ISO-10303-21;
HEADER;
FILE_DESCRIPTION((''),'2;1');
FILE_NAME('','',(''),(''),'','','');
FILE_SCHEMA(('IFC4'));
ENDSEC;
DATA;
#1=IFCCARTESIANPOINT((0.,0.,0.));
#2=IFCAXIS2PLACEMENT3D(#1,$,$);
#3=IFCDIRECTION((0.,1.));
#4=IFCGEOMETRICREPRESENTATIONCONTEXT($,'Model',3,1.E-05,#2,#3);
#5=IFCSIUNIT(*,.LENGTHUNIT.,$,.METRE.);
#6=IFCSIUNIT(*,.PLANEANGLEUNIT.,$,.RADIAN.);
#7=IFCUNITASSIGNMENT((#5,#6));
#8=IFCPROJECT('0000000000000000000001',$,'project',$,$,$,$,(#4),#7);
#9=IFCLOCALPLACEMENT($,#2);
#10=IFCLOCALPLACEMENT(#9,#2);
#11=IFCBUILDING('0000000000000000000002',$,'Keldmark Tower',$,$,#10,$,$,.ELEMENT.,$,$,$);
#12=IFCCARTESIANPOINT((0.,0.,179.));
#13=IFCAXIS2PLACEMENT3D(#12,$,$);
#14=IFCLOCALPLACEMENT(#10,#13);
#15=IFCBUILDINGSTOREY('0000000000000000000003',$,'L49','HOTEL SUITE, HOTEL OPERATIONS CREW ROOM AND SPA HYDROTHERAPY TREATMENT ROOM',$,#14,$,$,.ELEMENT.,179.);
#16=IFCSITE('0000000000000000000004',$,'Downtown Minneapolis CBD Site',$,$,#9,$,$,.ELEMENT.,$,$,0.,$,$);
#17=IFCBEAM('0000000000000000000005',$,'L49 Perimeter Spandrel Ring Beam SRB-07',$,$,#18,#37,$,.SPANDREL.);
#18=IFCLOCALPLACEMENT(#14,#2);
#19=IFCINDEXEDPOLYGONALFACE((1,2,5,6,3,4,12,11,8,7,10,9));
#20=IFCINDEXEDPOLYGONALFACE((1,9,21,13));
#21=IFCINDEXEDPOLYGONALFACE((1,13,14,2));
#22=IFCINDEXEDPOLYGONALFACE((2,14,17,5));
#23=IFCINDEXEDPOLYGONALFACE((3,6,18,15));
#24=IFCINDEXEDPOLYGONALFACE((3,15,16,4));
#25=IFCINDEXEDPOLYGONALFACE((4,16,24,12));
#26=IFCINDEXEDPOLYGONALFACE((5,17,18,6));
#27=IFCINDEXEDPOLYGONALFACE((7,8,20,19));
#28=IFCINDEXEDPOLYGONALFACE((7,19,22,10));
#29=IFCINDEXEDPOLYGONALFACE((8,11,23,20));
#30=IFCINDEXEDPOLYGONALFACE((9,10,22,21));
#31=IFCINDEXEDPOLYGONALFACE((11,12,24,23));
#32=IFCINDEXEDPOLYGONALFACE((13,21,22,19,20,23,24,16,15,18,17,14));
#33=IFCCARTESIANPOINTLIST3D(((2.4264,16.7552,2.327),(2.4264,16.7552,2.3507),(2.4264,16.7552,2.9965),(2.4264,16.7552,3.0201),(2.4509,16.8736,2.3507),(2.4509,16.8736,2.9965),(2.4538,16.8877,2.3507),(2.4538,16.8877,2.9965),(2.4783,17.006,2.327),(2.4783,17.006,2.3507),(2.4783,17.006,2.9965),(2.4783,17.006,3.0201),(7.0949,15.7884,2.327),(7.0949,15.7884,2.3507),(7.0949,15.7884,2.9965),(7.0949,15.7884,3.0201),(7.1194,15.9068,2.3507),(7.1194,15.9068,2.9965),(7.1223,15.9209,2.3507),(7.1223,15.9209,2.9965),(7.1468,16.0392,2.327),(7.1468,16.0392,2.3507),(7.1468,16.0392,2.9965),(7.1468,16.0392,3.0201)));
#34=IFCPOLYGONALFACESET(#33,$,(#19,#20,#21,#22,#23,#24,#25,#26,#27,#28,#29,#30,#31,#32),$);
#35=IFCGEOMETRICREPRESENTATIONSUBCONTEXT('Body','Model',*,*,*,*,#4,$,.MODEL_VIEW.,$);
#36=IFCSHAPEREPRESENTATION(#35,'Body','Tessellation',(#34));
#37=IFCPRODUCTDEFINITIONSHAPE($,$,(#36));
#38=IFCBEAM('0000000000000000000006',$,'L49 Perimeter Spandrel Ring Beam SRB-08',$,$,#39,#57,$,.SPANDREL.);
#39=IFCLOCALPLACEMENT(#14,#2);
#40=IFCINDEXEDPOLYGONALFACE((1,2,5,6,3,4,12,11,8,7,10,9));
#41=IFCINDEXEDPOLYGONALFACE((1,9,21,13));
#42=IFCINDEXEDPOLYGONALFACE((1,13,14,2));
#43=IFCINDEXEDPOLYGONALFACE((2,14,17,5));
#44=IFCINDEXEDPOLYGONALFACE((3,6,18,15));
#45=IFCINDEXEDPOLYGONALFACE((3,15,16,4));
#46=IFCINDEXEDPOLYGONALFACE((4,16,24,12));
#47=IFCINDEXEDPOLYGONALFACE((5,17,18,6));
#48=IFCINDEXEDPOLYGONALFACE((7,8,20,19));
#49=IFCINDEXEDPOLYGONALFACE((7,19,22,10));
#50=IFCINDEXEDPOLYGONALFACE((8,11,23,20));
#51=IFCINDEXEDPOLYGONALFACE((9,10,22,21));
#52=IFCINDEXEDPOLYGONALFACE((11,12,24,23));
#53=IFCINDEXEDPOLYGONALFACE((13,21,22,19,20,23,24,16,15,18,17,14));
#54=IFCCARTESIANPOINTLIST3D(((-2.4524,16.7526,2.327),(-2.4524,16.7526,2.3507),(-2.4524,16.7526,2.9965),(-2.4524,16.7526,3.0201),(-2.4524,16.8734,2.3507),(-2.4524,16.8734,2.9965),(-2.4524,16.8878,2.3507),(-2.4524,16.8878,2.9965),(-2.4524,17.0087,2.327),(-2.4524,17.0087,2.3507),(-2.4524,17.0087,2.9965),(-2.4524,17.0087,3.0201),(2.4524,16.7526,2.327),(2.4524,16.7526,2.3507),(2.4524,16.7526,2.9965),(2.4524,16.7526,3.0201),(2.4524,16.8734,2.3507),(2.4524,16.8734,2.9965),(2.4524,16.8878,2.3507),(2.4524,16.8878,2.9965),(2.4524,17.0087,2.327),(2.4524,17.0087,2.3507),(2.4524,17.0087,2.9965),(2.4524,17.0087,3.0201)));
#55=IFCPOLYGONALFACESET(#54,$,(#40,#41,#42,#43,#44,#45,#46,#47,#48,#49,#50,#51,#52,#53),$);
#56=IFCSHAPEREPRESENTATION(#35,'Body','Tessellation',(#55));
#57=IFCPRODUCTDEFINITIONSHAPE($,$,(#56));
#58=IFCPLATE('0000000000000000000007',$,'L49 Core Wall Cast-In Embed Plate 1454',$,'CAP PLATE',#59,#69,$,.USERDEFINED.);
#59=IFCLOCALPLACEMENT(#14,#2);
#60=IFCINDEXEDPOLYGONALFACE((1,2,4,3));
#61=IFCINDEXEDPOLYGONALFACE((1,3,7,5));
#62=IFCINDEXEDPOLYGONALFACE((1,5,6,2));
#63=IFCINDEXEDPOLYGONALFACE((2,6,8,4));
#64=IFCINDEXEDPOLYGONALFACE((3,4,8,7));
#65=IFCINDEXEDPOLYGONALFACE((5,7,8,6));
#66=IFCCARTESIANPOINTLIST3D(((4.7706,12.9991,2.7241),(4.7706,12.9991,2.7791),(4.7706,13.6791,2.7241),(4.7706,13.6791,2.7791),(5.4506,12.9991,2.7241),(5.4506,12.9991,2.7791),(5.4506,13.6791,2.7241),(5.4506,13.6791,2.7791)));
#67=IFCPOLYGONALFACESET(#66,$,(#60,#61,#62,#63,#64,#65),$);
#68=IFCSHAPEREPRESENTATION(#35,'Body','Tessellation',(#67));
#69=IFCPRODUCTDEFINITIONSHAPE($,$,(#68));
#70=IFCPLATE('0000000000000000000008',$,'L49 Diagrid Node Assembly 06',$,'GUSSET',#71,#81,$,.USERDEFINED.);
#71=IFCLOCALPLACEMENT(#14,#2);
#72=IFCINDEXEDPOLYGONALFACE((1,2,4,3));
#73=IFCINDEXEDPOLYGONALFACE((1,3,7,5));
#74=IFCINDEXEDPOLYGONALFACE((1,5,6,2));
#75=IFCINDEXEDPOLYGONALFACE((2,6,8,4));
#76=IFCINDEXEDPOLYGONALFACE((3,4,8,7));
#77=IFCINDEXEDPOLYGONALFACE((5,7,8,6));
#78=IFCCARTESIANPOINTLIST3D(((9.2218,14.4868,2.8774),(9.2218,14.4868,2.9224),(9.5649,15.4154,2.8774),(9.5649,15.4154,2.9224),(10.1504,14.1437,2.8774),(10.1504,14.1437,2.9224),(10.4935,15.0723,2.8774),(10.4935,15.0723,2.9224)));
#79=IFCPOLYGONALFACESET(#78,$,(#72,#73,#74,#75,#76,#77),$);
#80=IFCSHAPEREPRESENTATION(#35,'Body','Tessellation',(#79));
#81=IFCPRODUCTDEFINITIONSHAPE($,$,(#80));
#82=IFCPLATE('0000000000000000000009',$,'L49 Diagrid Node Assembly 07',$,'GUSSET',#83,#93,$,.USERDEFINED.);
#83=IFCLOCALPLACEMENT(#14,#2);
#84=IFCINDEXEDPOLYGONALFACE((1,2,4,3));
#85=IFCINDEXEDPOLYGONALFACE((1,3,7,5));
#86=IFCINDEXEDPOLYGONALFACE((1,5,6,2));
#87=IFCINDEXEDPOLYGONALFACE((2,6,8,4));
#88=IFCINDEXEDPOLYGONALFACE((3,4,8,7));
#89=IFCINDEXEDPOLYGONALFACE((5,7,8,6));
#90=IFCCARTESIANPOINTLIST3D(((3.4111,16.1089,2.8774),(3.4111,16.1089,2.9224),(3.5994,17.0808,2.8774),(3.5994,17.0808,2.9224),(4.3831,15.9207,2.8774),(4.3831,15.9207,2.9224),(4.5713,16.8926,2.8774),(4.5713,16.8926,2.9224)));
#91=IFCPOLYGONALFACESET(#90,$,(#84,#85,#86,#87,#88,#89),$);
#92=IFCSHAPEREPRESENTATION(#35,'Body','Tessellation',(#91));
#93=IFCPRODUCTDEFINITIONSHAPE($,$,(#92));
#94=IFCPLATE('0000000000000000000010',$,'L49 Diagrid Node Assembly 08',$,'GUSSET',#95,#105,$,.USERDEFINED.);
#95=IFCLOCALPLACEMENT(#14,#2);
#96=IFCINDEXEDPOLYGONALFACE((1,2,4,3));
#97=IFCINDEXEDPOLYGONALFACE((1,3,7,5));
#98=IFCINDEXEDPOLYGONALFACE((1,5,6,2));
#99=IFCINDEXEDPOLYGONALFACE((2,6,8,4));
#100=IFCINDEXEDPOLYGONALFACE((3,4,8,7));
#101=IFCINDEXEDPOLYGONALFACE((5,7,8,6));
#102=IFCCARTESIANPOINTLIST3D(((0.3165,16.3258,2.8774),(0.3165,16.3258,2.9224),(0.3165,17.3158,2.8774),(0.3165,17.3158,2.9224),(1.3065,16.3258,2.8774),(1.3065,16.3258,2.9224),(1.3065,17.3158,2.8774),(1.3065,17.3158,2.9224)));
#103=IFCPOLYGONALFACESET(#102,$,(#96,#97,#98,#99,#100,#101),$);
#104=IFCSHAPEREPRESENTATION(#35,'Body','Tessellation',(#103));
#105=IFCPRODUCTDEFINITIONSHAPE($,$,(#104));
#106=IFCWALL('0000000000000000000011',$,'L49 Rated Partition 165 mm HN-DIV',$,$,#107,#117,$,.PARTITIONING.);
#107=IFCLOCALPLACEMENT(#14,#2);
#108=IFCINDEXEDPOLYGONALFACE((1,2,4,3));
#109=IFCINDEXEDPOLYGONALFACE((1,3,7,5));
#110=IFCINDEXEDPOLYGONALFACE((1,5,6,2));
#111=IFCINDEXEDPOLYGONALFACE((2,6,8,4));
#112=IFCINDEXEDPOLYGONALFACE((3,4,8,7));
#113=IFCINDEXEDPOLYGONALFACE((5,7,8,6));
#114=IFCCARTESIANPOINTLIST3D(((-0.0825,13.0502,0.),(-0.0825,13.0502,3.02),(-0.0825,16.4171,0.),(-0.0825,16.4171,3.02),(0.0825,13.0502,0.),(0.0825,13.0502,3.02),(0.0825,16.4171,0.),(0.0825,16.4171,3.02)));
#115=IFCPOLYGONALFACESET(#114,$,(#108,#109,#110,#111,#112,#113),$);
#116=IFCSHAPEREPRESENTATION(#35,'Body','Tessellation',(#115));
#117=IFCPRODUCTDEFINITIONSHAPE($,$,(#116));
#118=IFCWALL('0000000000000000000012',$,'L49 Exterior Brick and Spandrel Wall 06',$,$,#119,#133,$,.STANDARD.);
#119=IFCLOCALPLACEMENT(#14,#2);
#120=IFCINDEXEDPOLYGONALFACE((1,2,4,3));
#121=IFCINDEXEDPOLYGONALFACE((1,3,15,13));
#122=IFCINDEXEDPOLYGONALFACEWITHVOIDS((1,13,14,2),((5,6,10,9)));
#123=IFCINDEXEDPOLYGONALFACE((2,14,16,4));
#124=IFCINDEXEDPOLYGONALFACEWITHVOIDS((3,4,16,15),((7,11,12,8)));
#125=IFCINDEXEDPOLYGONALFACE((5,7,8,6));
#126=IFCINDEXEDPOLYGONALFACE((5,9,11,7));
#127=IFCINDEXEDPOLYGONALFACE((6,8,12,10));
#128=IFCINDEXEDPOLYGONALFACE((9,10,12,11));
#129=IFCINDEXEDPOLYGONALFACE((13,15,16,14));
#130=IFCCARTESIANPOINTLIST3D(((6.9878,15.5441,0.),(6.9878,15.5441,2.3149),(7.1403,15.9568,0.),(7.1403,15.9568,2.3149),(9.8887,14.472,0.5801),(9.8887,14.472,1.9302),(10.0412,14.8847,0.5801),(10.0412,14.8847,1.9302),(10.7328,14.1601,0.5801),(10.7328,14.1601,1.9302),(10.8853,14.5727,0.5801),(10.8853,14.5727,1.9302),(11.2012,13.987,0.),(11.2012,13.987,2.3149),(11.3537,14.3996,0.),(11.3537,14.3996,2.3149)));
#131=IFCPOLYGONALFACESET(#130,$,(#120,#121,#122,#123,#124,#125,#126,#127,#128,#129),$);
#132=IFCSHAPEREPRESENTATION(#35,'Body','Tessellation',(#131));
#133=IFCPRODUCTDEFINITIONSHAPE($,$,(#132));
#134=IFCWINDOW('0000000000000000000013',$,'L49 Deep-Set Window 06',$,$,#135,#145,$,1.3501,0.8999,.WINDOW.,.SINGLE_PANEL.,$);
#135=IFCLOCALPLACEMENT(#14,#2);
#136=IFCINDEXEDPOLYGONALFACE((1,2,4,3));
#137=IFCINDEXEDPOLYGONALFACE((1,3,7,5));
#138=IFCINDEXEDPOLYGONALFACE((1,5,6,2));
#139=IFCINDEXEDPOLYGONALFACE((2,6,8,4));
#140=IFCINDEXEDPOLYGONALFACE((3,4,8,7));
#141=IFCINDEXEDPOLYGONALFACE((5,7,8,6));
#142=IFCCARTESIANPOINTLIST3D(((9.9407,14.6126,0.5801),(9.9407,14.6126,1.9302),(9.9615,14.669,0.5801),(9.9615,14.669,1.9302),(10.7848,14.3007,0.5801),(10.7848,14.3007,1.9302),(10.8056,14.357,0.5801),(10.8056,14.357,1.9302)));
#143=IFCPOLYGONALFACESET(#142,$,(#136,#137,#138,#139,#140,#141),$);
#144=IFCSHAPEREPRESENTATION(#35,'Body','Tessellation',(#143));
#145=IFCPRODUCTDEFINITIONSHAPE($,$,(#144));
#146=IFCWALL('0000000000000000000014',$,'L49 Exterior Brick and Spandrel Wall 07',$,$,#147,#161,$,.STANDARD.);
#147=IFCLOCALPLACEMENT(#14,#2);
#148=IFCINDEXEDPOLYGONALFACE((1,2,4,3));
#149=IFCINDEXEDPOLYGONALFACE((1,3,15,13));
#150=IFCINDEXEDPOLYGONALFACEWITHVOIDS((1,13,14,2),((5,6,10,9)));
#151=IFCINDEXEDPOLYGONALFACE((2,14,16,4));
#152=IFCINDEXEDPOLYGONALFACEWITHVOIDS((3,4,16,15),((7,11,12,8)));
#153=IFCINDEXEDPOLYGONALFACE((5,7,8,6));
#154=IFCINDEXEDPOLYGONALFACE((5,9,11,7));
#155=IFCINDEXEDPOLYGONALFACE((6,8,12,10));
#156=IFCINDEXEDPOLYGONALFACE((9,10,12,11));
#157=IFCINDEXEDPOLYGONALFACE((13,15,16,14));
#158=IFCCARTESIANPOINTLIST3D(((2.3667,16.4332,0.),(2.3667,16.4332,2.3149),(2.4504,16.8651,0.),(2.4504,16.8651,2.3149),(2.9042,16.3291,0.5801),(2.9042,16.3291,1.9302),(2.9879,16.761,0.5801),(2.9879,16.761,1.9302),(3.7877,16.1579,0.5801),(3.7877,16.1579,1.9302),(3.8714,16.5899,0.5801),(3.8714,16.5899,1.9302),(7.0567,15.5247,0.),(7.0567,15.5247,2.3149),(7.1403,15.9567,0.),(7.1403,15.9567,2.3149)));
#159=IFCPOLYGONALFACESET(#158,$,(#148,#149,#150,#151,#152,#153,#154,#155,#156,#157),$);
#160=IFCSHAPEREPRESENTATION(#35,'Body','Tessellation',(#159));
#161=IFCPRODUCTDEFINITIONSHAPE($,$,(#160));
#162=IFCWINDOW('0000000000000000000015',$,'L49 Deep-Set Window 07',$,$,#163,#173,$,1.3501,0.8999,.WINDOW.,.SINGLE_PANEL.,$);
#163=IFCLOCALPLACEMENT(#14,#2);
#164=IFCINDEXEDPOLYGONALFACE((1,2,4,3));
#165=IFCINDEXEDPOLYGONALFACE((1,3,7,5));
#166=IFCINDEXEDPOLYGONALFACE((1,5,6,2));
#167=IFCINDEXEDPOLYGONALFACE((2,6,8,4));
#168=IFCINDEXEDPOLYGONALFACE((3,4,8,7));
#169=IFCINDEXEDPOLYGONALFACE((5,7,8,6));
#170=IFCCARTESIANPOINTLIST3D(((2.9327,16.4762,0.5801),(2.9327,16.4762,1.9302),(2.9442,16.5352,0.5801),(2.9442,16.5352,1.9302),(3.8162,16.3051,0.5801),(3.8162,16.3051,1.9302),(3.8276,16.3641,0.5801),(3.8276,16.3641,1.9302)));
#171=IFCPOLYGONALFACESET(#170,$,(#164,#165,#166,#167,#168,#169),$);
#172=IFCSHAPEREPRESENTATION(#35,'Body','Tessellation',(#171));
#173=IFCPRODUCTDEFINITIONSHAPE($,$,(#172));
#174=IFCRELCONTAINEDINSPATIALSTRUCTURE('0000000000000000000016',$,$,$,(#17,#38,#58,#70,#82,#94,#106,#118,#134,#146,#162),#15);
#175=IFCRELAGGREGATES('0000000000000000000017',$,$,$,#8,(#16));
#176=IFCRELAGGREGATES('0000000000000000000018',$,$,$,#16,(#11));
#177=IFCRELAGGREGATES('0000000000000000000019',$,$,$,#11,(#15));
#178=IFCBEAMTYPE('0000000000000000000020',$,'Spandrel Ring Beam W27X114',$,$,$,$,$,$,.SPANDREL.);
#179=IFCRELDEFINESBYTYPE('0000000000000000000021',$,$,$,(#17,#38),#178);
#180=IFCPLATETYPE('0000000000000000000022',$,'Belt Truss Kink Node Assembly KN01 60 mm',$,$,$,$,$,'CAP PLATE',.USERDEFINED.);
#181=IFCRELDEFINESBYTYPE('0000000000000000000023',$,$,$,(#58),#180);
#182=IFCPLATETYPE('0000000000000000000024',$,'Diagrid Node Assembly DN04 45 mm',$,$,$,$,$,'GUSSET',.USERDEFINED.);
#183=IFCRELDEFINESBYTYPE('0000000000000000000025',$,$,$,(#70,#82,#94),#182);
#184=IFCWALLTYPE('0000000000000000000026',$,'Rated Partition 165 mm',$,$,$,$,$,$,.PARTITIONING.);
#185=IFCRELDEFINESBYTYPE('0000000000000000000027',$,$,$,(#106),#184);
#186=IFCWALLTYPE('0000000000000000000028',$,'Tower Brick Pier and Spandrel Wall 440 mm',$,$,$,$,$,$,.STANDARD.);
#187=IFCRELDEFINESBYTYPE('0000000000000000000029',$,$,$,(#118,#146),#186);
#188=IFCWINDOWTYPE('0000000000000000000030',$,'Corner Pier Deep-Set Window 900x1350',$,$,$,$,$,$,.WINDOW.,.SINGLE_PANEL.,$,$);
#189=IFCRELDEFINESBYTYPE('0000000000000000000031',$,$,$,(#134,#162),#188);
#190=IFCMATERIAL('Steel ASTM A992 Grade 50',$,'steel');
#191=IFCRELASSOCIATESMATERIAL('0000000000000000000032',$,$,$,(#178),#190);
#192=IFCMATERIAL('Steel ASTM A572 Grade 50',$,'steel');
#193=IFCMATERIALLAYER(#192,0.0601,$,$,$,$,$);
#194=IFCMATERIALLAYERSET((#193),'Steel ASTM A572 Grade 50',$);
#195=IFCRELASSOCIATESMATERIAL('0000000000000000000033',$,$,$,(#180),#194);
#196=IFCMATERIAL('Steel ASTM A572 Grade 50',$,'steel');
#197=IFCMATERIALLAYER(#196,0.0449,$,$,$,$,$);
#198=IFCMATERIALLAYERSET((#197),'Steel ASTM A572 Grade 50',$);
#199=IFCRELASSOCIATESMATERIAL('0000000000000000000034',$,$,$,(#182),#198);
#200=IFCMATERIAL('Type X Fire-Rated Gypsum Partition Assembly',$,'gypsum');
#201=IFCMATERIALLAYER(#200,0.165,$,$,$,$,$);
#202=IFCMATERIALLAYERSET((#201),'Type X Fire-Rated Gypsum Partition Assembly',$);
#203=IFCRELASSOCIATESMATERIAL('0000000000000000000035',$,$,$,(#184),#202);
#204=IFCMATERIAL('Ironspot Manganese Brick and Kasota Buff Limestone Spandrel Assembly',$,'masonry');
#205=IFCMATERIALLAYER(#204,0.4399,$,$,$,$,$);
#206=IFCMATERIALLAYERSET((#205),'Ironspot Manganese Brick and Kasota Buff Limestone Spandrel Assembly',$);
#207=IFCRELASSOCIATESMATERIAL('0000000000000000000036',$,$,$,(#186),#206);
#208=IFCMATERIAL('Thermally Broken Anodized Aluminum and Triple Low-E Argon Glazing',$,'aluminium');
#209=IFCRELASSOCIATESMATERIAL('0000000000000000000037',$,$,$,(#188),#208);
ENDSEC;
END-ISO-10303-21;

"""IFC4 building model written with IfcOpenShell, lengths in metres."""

from ifc_helpers import new_model, si_unit, direction, frame, frame_2d, origin, origin_2d, place, context, subcontext, project, spatial, rectangle, i_section, extrude, material, layer, layer_set, material_profile, profile_set, type_object, element, fill, save


model = new_model("IFC4")

# Units and contexts
model_context = context("Model", 3, precision=1e-05, world=origin(), true_north=direction((0.0, 1.0)))
body_context = subcontext(model_context, "Body", "Model", "MODEL_VIEW")
ifc_project = project(units=[si_unit("LENGTHUNIT", "METRE"), si_unit("PLANEANGLEUNIT", "RADIAN")], contexts=[model_context])

# Site, building, storey
site_placement = place(None, origin())
site = spatial("IfcSite", under=ifc_project, at=site_placement, Name="Downtown Minneapolis CBD Site", CompositionType="ELEMENT", RefElevation=0.0)
building_placement = place(site_placement, origin())
building = spatial("IfcBuilding", under=site, at=building_placement, Name="Keldmark Tower", CompositionType="ELEMENT")
storey_placement = place(building_placement, frame((0.0, 0.0, 179.0)))
storey = spatial("IfcBuildingStorey", under=building, at=storey_placement, Name="L49", Description="HOTEL SUITE, HOTEL OPERATIONS CREW ROOM AND SPA HYDROTHERAPY TREATMENT ROOM", CompositionType="ELEMENT", Elevation=179.0)

# Beams
ifc_material_1 = material(Name="Steel ASTM A992 Grade 50", Category="steel")
ifc_material_profile_1 = material_profile(ifc_material_1, i_section(OverallWidth=0.2561, OverallDepth=0.6931, WebThickness=0.0144, FlangeThickness=0.0237, at=origin_2d()), Name="W27X114")
ifc_profile_set_1 = profile_set([ifc_material_profile_1], Name="Steel ASTM A992 Grade 50")
beam_type_1 = type_object("IfcBeamType", Name="Spandrel Ring Beam W27X114", PredefinedType="SPANDREL", material=ifc_profile_set_1)
beam_1_placement = place(storey_placement, frame((7.1208, 15.9138, 2.6736), z_axis=(-0.979223, 0.202788, 0.0), x_axis=(-0.202788, -0.979223, 0.0)))
element("IfcBeam", 1, at=beam_1_placement, inside=storey, type_object=beam_type_1, Name="L49 Perimeter Spandrel Ring Beam SRB-07", PredefinedType="SPANDREL", context=body_context, shape_type="SweptSolid", body=[
    extrude(i_section(OverallWidth=0.2561, OverallDepth=0.6931, WebThickness=0.0144, FlangeThickness=0.0237, at=origin_2d()), origin(), (0.0, 0.0, 1.0), 4.7676),
])
beam_2_placement = place(storey_placement, frame((2.4524, 16.8806, 2.6736), z_axis=(-1.0, 0.0, 0.0), x_axis=(0.0, -1.0, 0.0)))
element("IfcBeam", 2, at=beam_2_placement, inside=storey, type_object=beam_type_1, Name="L49 Perimeter Spandrel Ring Beam SRB-08", PredefinedType="SPANDREL", context=body_context, shape_type="SweptSolid", body=[
    extrude(i_section(OverallWidth=0.2561, OverallDepth=0.6931, WebThickness=0.0144, FlangeThickness=0.0237, at=origin_2d()), origin(), (0.0, 0.0, 1.0), 4.9048),
])

# Plates
ifc_material_2 = material(Name="Steel ASTM A572 Grade 50", Category="steel")
ifc_layer_1 = layer(ifc_material_2, 0.0601)
ifc_layer_set_1 = layer_set([ifc_layer_1], Name="Steel ASTM A572 Grade 50")
plate_type_1 = type_object("IfcPlateType", Name="Belt Truss Kink Node Assembly KN01 60 mm", ElementType="CAP PLATE", PredefinedType="USERDEFINED", material=ifc_layer_set_1)
plate_placement = place(storey_placement, frame((5.1106, 13.3391, 2.7241), z_axis=(0.0, 0.0, 1.0), x_axis=(1.0, 0.0, 0.0)))
element("IfcPlate", 3, at=plate_placement, inside=storey, type_object=plate_type_1, Name="L49 Core Wall Cast-In Embed Plate 1454", ObjectType="CAP PLATE", PredefinedType="USERDEFINED", context=body_context, shape_type="SweptSolid", body=[
    extrude(rectangle(XDim=0.6799, YDim=0.6799, at=origin_2d()), origin(), (0.0, 0.0, 1.0), 0.0549),
])
ifc_material_3 = material(Name="Steel ASTM A572 Grade 50", Category="steel")
ifc_layer_2 = layer(ifc_material_3, 0.0449)
ifc_layer_set_2 = layer_set([ifc_layer_2], Name="Steel ASTM A572 Grade 50")
plate_type_2 = type_object("IfcPlateType", Name="Diagrid Node Assembly DN04 45 mm", ElementType="GUSSET", PredefinedType="USERDEFINED", material=ifc_layer_set_2)
for number, where, z_axis, x_axis, name in (
    (4, (9.8577, 14.7795, 2.8774), (0.0, 0.0, 1.0), (-0.93801, 0.346608, 0.0), "L49 Diagrid Node Assembly 06"),
    (5, (3.9912, 16.5007, 2.8774), (0.0, 0.0, 1.0), (-0.98176, 0.190124, 0.0), "L49 Diagrid Node Assembly 07"),
    (6, (0.8115, 16.8208, 2.8774), (0.0, 0.0, 1.0), (-1.0, 0.0, 0.0), "L49 Diagrid Node Assembly 08"),
):
    element("IfcPlate", number, at=place(storey_placement, frame(where, z_axis=z_axis, x_axis=x_axis)), inside=storey, type_object=plate_type_2, Name=name, ObjectType="GUSSET", PredefinedType="USERDEFINED", context=body_context, shape_type="SweptSolid", body=[
        extrude(rectangle(XDim=0.99, YDim=0.99, at=origin_2d()), origin(), (0.0, 0.0, 1.0), 0.0449),
    ])

# Wall
ifc_material_4 = material(Name="Type X Fire-Rated Gypsum Partition Assembly", Category="gypsum")
ifc_layer_3 = layer(ifc_material_4, 0.165)
ifc_layer_set_3 = layer_set([ifc_layer_3], Name="Type X Fire-Rated Gypsum Partition Assembly")
wall_type_1 = type_object("IfcWallType", Name="Rated Partition 165 mm", PredefinedType="PARTITIONING", material=ifc_layer_set_3)
wall_1_placement = place(storey_placement, frame((0.0, 13.05, 0.0), z_axis=(0.0, 0.0, 1.0), x_axis=(0.0, 1.0, 0.0)))
element("IfcWall", 7, at=wall_1_placement, inside=storey, type_object=wall_type_1, Name="L49 Rated Partition 165 mm HN-DIV", PredefinedType="PARTITIONING", context=body_context, shape_type="SweptSolid", body=[
    extrude(rectangle(XDim=3.3669, YDim=0.165, at=frame_2d((1.6836, 0.0))), origin(), (0.0, 0.0, 1.0), 3.02),
])

# Walls, openings, windows
ifc_material_5 = material(Name="Ironspot Manganese Brick and Kasota Buff Limestone Spandrel Assembly", Category="masonry")
ifc_layer_4 = layer(ifc_material_5, 0.4399)
ifc_layer_set_4 = layer_set([ifc_layer_4], Name="Ironspot Manganese Brick and Kasota Buff Limestone Spandrel Assembly")
wall_type_2 = type_object("IfcWallType", Name="Tower Brick Pier and Spandrel Wall 440 mm", PredefinedType="STANDARD", material=ifc_layer_set_4)
wall_2_placement = place(storey_placement, frame((7.064, 15.7505, 0.0), z_axis=(0.0, 0.0, 1.0), x_axis=(0.937994, -0.346652, 0.0)))
wall_2 = element("IfcWall", 8, at=wall_2_placement, inside=storey, type_object=wall_type_2, Name="L49 Exterior Brick and Spandrel Wall 06", PredefinedType="STANDARD", context=body_context, shape_type="SweptSolid", body=[
    extrude(rectangle(XDim=4.4919, YDim=0.4399, at=frame_2d((2.2461, 0.0))), origin(), (0.0, 0.0, 1.0), 2.3149),
])
opening_1_placement = place(wall_2_placement, frame((3.0928, 0.0, 0.5801)))
opening_1 = element("IfcOpeningElement", 9, at=opening_1_placement, cuts=wall_2, PredefinedType="OPENING", context=body_context, shape_type="SweptSolid", body=[
    extrude(rectangle(XDim=0.8999, YDim=1.3501, at=frame_2d((0.45, 0.675))), frame((0.0, 0.23, 0.0), z_axis=(0.0, -1.0, 0.0), x_axis=(1.0, 0.0, 0.0)), (0.0, 0.0, 1.0), 0.46),
])
ifc_material_6 = material(Name="Thermally Broken Anodized Aluminum and Triple Low-E Argon Glazing", Category="aluminium")
window_type = type_object("IfcWindowType", Name="Corner Pier Deep-Set Window 900x1350", PartitioningType="SINGLE_PANEL", PredefinedType="WINDOW", material=ifc_material_6)
window_1_placement = place(opening_1_placement, origin())
window_1 = element("IfcWindow", 10, at=window_1_placement, inside=storey, type_object=window_type, Name="L49 Deep-Set Window 06", OverallHeight=1.3501, OverallWidth=0.8999, PartitioningType="SINGLE_PANEL", PredefinedType="WINDOW", context=body_context, shape_type="SweptSolid", body=[
    extrude(rectangle(XDim=0.8999, YDim=1.3501, at=frame_2d((0.45, 0.675))), frame((0.0, -0.01, 0.0), z_axis=(0.0, -1.0, 0.0), x_axis=(1.0, 0.0, 0.0)), (0.0, 0.0, 1.0), 0.0601),
])
fill(opening_1, window_1)
wall_3_placement = place(storey_placement, frame((2.4084, 16.6492, 0.0), z_axis=(0.0, 0.0, 1.0), x_axis=(0.981752, -0.190167, 0.0)))
wall_3 = element("IfcWall", 11, at=wall_3_placement, inside=storey, type_object=wall_type_2, Name="L49 Exterior Brick and Spandrel Wall 07", PredefinedType="STANDARD", context=body_context, shape_type="SweptSolid", body=[
    extrude(rectangle(XDim=4.7771, YDim=0.4399, at=frame_2d((2.3887, 0.0))), origin(), (0.0, 0.0, 1.0), 2.3149),
])
opening_2_placement = place(wall_3_placement, frame((0.5476, 0.0, 0.5801)))
opening_2 = element("IfcOpeningElement", 12, at=opening_2_placement, cuts=wall_3, PredefinedType="OPENING", context=body_context, shape_type="SweptSolid", body=[
    extrude(rectangle(XDim=0.8999, YDim=1.3501, at=frame_2d((0.45, 0.675))), frame((0.0, 0.23, 0.0), z_axis=(0.0, -1.0, 0.0), x_axis=(1.0, 0.0, 0.0)), (0.0, 0.0, 1.0), 0.46),
])
window_2_placement = place(opening_2_placement, origin())
window_2 = element("IfcWindow", 13, at=window_2_placement, inside=storey, type_object=window_type, Name="L49 Deep-Set Window 07", OverallHeight=1.3501, OverallWidth=0.8999, PartitioningType="SINGLE_PANEL", PredefinedType="WINDOW", context=body_context, shape_type="SweptSolid", body=[
    extrude(rectangle(XDim=0.8999, YDim=1.3501, at=frame_2d((0.45, 0.675))), frame((0.0, -0.01, 0.0), z_axis=(0.0, -1.0, 0.0), x_axis=(1.0, 0.0, 0.0)), (0.0, 0.0, 1.0), 0.0601),
])
fill(opening_2, window_2)

save(model, "model.ifc")
